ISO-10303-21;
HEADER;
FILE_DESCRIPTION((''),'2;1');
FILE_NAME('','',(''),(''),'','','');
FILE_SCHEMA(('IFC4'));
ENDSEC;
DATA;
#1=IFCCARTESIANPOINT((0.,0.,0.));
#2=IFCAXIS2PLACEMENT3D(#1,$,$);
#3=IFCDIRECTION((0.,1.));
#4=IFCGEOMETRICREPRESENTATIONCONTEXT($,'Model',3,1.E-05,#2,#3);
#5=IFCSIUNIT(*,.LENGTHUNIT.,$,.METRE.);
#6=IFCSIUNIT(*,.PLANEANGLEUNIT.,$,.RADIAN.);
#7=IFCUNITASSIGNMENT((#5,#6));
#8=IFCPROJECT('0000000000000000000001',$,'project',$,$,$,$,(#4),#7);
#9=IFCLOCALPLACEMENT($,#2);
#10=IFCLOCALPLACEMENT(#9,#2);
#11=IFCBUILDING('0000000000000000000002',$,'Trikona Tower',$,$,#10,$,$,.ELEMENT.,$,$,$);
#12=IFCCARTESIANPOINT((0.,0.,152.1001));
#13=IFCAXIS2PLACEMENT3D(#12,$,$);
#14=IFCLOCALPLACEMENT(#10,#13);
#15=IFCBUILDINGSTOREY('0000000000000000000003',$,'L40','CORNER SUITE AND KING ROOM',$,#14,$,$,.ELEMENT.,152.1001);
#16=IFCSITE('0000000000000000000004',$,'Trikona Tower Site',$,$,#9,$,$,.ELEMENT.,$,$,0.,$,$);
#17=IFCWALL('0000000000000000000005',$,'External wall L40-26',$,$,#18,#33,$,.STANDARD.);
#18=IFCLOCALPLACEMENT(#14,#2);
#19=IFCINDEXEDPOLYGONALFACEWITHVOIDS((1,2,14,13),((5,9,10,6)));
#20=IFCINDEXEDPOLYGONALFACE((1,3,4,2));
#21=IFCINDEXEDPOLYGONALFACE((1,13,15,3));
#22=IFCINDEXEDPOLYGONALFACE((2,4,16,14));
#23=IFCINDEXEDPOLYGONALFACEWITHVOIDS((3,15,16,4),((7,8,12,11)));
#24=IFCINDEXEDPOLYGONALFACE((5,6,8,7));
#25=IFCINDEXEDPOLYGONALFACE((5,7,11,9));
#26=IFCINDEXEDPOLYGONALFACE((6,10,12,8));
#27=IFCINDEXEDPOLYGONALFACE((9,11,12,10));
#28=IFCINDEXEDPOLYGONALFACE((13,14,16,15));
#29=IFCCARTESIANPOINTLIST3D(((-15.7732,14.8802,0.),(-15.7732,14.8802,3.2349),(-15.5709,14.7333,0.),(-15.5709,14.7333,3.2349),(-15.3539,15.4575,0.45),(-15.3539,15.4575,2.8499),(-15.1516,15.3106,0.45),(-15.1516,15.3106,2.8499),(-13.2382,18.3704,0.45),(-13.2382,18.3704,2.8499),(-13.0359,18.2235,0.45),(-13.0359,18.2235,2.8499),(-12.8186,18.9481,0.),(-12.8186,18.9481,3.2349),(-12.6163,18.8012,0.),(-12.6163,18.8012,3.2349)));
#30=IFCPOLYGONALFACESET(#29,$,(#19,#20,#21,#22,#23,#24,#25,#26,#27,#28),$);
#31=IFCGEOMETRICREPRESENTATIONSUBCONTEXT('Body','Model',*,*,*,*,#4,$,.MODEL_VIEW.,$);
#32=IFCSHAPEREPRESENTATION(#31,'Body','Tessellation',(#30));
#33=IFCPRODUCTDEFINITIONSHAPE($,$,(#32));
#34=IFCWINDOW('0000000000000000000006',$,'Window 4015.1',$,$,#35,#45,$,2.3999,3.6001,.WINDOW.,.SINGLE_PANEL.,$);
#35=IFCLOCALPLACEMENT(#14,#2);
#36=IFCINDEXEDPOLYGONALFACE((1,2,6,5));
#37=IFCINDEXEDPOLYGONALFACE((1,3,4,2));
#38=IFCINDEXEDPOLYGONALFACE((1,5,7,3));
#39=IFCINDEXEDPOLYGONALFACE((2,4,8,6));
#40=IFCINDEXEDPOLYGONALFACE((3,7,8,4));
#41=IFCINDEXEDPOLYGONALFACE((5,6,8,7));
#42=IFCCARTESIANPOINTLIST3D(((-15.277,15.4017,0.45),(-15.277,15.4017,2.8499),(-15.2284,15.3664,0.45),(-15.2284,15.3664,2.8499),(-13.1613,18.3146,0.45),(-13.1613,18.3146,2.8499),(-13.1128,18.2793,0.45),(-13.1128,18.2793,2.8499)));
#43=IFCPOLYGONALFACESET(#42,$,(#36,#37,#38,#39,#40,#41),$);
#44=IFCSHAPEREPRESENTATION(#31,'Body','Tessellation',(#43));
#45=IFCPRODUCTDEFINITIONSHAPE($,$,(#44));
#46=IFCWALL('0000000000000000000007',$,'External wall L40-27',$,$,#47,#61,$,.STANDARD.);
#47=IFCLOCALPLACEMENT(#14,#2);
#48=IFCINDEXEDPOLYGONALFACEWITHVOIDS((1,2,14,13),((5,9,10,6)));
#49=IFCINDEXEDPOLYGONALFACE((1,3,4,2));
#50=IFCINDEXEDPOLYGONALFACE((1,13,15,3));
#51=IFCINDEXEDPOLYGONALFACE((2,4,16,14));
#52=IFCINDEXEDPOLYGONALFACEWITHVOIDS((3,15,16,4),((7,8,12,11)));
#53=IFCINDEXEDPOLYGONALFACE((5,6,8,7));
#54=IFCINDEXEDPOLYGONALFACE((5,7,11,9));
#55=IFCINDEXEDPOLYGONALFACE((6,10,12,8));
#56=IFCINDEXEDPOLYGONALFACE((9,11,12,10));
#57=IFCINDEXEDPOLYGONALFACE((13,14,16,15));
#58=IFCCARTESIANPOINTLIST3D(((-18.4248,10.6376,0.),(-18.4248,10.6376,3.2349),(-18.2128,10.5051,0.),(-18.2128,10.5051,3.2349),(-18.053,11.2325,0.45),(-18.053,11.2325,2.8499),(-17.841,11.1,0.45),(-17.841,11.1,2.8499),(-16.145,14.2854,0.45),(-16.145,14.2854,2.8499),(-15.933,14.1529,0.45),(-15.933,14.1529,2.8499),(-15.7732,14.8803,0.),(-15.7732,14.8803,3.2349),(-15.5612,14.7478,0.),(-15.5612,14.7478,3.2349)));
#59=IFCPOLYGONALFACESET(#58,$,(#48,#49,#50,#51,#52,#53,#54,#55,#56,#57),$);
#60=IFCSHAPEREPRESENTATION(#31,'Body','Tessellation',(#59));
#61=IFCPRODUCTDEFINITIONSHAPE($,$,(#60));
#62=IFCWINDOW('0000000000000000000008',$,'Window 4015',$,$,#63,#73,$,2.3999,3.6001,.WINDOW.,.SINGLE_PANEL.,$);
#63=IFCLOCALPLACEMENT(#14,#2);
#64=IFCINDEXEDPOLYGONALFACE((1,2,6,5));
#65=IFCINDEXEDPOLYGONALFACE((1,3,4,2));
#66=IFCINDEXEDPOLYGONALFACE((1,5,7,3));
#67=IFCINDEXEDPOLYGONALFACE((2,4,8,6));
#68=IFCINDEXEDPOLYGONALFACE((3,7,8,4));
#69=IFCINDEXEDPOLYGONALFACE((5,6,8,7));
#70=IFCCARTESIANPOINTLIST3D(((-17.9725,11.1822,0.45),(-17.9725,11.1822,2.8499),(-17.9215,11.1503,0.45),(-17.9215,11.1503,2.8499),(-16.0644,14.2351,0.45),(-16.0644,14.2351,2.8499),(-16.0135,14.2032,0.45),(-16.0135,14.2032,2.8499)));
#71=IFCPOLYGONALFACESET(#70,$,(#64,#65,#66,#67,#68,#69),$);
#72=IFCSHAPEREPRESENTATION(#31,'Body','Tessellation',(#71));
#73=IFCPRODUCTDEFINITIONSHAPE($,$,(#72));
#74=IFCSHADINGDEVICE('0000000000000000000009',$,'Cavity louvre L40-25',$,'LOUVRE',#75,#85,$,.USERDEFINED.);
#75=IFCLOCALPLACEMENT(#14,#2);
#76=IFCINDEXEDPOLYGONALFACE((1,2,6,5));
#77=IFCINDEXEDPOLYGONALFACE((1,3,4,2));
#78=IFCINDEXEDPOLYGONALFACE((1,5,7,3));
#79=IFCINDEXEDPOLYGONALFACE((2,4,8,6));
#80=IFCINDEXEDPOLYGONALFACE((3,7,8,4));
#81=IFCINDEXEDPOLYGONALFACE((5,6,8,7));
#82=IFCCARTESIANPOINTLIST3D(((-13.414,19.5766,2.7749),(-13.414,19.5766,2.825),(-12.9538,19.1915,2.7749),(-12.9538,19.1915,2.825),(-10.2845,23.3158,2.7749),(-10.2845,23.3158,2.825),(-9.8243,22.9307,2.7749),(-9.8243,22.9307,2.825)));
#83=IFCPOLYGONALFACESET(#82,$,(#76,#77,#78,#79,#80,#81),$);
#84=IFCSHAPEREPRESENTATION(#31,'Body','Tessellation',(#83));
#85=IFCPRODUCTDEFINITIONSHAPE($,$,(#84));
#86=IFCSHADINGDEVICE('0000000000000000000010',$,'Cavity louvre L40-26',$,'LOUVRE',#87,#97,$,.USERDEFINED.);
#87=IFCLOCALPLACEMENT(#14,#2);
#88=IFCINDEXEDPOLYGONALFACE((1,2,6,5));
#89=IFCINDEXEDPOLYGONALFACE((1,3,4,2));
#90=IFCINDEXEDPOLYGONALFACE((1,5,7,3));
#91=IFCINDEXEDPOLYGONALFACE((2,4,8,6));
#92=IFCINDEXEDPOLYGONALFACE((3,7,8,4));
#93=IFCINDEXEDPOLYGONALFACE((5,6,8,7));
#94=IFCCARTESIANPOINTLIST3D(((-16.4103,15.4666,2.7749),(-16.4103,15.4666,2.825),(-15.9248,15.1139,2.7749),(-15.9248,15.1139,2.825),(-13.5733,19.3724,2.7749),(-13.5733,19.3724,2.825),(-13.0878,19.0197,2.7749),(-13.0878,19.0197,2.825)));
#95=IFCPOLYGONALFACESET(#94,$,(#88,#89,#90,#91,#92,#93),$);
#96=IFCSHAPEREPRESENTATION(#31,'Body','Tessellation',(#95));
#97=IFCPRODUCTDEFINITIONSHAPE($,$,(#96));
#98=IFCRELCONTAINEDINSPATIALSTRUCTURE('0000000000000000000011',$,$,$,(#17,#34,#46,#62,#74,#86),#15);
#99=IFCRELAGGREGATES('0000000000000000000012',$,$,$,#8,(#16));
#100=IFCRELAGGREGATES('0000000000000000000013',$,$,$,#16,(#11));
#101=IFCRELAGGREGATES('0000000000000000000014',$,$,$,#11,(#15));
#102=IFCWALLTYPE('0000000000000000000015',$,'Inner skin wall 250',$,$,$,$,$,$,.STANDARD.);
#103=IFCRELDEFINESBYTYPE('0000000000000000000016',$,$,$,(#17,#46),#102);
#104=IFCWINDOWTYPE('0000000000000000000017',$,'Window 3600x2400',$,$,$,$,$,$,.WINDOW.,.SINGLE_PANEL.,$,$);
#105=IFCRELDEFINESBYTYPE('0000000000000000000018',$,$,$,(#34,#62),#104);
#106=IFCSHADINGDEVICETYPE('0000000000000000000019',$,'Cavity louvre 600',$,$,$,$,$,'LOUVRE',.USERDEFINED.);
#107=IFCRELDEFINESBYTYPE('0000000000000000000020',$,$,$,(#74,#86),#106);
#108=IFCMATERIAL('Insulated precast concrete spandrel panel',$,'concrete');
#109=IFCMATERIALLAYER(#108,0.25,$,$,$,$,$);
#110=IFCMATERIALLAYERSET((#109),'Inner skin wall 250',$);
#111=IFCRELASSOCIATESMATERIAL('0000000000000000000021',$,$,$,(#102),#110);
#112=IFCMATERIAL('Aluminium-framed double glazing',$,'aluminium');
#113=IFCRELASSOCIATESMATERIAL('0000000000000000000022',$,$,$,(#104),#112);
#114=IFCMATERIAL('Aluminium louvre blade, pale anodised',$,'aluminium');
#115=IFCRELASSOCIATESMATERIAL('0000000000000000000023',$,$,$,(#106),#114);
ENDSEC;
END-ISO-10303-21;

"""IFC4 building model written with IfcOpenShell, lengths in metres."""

from ifc_helpers import new_model, si_unit, direction, frame, frame_2d, origin, origin_2d, place, context, subcontext, project, spatial, rectangle, extrude, material, layer, layer_set, type_object, element, fill, save


model = new_model("IFC4")

# Units and contexts
model_context = context("Model", 3, precision=1e-05, world=origin(), true_north=direction((0.0, 1.0)))
body_context = subcontext(model_context, "Body", "Model", "MODEL_VIEW")
ifc_project = project(units=[si_unit("LENGTHUNIT", "METRE"), si_unit("PLANEANGLEUNIT", "RADIAN")], contexts=[model_context])

# Site, building, storey
site_placement = place(None, origin())
site = spatial("IfcSite", under=ifc_project, at=site_placement, Name="Trikona Tower Site", CompositionType="ELEMENT", RefElevation=0.0)
building_placement = place(site_placement, origin())
building = spatial("IfcBuilding", under=site, at=building_placement, Name="Trikona Tower", CompositionType="ELEMENT")
storey_placement = place(building_placement, frame((0.0, 0.0, 152.1001)))
storey = spatial("IfcBuildingStorey", under=building, at=storey_placement, Name="L40", Description="CORNER SUITE AND KING ROOM", CompositionType="ELEMENT", Elevation=152.1001)

# Walls, openings, windows
ifc_material_1 = material(Name="Insulated precast concrete spandrel panel", Category="concrete")
ifc_layer_1 = layer(ifc_material_1, 0.25)
ifc_layer_set_1 = layer_set([ifc_layer_1], Name="Inner skin wall 250")
wall_type = type_object("IfcWallType", Name="Inner skin wall 250", PredefinedType="STANDARD", material=ifc_layer_set_1)
ifc_material_2 = material(Name="Aluminium-framed double glazing", Category="aluminium")
window_type = type_object("IfcWindowType", Name="Window 3600x2400", PartitioningType="SINGLE_PANEL", PredefinedType="WINDOW", material=ifc_material_2)
wall_1_placement = place(storey_placement, frame((-12.7175, 18.8745, 0.0), z_axis=(0.0, 0.0, 1.0), x_axis=(-0.587669, -0.809101, 0.0)))
wall_1 = element("IfcWall", 1, at=wall_1_placement, inside=storey, type_object=wall_type, Name="External wall L40-26", PredefinedType="STANDARD", context=body_context, shape_type="SweptSolid", body=[
    extrude(rectangle(XDim=5.0276, YDim=0.25, at=frame_2d((2.5137, 0.0))), origin(), (0.0, 0.0, 1.0), 3.2349),
])
opening_1_placement = place(wall_1_placement, frame((0.7139, 0.0, 0.45)))
opening_1 = element("IfcOpeningElement", 2, at=opening_1_placement, cuts=wall_1, PredefinedType="OPENING", context=body_context, shape_type="SweptSolid", body=[
    extrude(rectangle(XDim=3.6001, YDim=2.3999, at=frame_2d((1.8, 1.2))), frame((0.0, 0.135, 0.0), z_axis=(0.0, -1.0, 0.0), x_axis=(1.0, 0.0, 0.0)), (0.0, 0.0, 1.0), 0.27),
])
window_1_placement = place(opening_1_placement, origin())
window_1 = element("IfcWindow", 3, at=window_1_placement, inside=storey, type_object=window_type, Name="Window 4015.1", OverallHeight=2.3999, OverallWidth=3.6001, PartitioningType="SINGLE_PANEL", PredefinedType="WINDOW", context=body_context, shape_type="SweptSolid", body=[
    extrude(rectangle(XDim=3.6001, YDim=2.3999, at=frame_2d((1.8, 1.2))), frame((0.0, 0.03, 0.0), z_axis=(0.0, -1.0, 0.0), x_axis=(1.0, 0.0, 0.0)), (0.0, 0.0, 1.0), 0.0601),
])
fill(opening_1, window_1)
wall_2_placement = place(storey_placement, frame((-15.6672, 14.814, 0.0), z_axis=(0.0, 0.0, 1.0), x_axis=(-0.52999, -0.848004, 0.0)))
wall_2 = element("IfcWall", 4, at=wall_2_placement, inside=storey, type_object=wall_type, Name="External wall L40-27", PredefinedType="STANDARD", context=body_context, shape_type="SweptSolid", body=[
    extrude(rectangle(XDim=5.0032, YDim=0.25, at=frame_2d((2.5015, 0.0))), origin(), (0.0, 0.0, 1.0), 3.2349),
])
opening_2_placement = place(wall_2_placement, frame((0.7014, 0.0, 0.45)))
opening_2 = element("IfcOpeningElement", 5, at=opening_2_placement, cuts=wall_2, PredefinedType="OPENING", context=body_context, shape_type="SweptSolid", body=[
    extrude(rectangle(XDim=3.6001, YDim=2.3999, at=frame_2d((1.8, 1.2))), frame((0.0, 0.135, 0.0), z_axis=(0.0, -1.0, 0.0), x_axis=(1.0, 0.0, 0.0)), (0.0, 0.0, 1.0), 0.27),
])
window_2_placement = place(opening_2_placement, origin())
window_2 = element("IfcWindow", 6, at=window_2_placement, inside=storey, type_object=window_type, Name="Window 4015", OverallHeight=2.3999, OverallWidth=3.6001, PartitioningType="SINGLE_PANEL", PredefinedType="WINDOW", context=body_context, shape_type="SweptSolid", body=[
    extrude(rectangle(XDim=3.6001, YDim=2.3999, at=frame_2d((1.8, 1.2))), frame((0.0, 0.03, 0.0), z_axis=(0.0, -1.0, 0.0), x_axis=(1.0, 0.0, 0.0)), (0.0, 0.0, 1.0), 0.0601),
])
fill(opening_2, window_2)

# Shading devices
ifc_material_3 = material(Name="Aluminium louvre blade, pale anodised", Category="aluminium")
shading_device_type = type_object("IfcShadingDeviceType", Name="Cavity louvre 600", ElementType="LOUVRE", PredefinedType="USERDEFINED", material=ifc_material_3)
shading_device_1_placement = place(storey_placement, frame((-11.6191, 21.2537, 2.7749), z_axis=(0.0, 0.0, 1.0), x_axis=(-0.641807, -0.766866, 0.0)))
element("IfcShadingDevice", 7, at=shading_device_1_placement, inside=storey, type_object=shading_device_type, Name="Cavity louvre L40-25", ObjectType="LOUVRE", PredefinedType="USERDEFINED", context=body_context, shape_type="SweptSolid", body=[
    extrude(rectangle(XDim=4.876, YDim=0.6001, at=origin_2d()), origin(), (0.0, 0.0, 1.0), 0.05),
])
shading_device_2_placement = place(storey_placement, frame((-14.749, 17.2432, 2.7749), z_axis=(0.0, 0.0, 1.0), x_axis=(-0.587686, -0.809089, 0.0)))
element("IfcShadingDevice", 8, at=shading_device_2_placement, inside=storey, type_object=shading_device_type, Name="Cavity louvre L40-26", ObjectType="LOUVRE", PredefinedType="USERDEFINED", context=body_context, shape_type="SweptSolid", body=[
    extrude(rectangle(XDim=4.8274, YDim=0.6001, at=origin_2d()), origin(), (0.0, 0.0, 1.0), 0.05),
])

save(model, "model.ifc")
